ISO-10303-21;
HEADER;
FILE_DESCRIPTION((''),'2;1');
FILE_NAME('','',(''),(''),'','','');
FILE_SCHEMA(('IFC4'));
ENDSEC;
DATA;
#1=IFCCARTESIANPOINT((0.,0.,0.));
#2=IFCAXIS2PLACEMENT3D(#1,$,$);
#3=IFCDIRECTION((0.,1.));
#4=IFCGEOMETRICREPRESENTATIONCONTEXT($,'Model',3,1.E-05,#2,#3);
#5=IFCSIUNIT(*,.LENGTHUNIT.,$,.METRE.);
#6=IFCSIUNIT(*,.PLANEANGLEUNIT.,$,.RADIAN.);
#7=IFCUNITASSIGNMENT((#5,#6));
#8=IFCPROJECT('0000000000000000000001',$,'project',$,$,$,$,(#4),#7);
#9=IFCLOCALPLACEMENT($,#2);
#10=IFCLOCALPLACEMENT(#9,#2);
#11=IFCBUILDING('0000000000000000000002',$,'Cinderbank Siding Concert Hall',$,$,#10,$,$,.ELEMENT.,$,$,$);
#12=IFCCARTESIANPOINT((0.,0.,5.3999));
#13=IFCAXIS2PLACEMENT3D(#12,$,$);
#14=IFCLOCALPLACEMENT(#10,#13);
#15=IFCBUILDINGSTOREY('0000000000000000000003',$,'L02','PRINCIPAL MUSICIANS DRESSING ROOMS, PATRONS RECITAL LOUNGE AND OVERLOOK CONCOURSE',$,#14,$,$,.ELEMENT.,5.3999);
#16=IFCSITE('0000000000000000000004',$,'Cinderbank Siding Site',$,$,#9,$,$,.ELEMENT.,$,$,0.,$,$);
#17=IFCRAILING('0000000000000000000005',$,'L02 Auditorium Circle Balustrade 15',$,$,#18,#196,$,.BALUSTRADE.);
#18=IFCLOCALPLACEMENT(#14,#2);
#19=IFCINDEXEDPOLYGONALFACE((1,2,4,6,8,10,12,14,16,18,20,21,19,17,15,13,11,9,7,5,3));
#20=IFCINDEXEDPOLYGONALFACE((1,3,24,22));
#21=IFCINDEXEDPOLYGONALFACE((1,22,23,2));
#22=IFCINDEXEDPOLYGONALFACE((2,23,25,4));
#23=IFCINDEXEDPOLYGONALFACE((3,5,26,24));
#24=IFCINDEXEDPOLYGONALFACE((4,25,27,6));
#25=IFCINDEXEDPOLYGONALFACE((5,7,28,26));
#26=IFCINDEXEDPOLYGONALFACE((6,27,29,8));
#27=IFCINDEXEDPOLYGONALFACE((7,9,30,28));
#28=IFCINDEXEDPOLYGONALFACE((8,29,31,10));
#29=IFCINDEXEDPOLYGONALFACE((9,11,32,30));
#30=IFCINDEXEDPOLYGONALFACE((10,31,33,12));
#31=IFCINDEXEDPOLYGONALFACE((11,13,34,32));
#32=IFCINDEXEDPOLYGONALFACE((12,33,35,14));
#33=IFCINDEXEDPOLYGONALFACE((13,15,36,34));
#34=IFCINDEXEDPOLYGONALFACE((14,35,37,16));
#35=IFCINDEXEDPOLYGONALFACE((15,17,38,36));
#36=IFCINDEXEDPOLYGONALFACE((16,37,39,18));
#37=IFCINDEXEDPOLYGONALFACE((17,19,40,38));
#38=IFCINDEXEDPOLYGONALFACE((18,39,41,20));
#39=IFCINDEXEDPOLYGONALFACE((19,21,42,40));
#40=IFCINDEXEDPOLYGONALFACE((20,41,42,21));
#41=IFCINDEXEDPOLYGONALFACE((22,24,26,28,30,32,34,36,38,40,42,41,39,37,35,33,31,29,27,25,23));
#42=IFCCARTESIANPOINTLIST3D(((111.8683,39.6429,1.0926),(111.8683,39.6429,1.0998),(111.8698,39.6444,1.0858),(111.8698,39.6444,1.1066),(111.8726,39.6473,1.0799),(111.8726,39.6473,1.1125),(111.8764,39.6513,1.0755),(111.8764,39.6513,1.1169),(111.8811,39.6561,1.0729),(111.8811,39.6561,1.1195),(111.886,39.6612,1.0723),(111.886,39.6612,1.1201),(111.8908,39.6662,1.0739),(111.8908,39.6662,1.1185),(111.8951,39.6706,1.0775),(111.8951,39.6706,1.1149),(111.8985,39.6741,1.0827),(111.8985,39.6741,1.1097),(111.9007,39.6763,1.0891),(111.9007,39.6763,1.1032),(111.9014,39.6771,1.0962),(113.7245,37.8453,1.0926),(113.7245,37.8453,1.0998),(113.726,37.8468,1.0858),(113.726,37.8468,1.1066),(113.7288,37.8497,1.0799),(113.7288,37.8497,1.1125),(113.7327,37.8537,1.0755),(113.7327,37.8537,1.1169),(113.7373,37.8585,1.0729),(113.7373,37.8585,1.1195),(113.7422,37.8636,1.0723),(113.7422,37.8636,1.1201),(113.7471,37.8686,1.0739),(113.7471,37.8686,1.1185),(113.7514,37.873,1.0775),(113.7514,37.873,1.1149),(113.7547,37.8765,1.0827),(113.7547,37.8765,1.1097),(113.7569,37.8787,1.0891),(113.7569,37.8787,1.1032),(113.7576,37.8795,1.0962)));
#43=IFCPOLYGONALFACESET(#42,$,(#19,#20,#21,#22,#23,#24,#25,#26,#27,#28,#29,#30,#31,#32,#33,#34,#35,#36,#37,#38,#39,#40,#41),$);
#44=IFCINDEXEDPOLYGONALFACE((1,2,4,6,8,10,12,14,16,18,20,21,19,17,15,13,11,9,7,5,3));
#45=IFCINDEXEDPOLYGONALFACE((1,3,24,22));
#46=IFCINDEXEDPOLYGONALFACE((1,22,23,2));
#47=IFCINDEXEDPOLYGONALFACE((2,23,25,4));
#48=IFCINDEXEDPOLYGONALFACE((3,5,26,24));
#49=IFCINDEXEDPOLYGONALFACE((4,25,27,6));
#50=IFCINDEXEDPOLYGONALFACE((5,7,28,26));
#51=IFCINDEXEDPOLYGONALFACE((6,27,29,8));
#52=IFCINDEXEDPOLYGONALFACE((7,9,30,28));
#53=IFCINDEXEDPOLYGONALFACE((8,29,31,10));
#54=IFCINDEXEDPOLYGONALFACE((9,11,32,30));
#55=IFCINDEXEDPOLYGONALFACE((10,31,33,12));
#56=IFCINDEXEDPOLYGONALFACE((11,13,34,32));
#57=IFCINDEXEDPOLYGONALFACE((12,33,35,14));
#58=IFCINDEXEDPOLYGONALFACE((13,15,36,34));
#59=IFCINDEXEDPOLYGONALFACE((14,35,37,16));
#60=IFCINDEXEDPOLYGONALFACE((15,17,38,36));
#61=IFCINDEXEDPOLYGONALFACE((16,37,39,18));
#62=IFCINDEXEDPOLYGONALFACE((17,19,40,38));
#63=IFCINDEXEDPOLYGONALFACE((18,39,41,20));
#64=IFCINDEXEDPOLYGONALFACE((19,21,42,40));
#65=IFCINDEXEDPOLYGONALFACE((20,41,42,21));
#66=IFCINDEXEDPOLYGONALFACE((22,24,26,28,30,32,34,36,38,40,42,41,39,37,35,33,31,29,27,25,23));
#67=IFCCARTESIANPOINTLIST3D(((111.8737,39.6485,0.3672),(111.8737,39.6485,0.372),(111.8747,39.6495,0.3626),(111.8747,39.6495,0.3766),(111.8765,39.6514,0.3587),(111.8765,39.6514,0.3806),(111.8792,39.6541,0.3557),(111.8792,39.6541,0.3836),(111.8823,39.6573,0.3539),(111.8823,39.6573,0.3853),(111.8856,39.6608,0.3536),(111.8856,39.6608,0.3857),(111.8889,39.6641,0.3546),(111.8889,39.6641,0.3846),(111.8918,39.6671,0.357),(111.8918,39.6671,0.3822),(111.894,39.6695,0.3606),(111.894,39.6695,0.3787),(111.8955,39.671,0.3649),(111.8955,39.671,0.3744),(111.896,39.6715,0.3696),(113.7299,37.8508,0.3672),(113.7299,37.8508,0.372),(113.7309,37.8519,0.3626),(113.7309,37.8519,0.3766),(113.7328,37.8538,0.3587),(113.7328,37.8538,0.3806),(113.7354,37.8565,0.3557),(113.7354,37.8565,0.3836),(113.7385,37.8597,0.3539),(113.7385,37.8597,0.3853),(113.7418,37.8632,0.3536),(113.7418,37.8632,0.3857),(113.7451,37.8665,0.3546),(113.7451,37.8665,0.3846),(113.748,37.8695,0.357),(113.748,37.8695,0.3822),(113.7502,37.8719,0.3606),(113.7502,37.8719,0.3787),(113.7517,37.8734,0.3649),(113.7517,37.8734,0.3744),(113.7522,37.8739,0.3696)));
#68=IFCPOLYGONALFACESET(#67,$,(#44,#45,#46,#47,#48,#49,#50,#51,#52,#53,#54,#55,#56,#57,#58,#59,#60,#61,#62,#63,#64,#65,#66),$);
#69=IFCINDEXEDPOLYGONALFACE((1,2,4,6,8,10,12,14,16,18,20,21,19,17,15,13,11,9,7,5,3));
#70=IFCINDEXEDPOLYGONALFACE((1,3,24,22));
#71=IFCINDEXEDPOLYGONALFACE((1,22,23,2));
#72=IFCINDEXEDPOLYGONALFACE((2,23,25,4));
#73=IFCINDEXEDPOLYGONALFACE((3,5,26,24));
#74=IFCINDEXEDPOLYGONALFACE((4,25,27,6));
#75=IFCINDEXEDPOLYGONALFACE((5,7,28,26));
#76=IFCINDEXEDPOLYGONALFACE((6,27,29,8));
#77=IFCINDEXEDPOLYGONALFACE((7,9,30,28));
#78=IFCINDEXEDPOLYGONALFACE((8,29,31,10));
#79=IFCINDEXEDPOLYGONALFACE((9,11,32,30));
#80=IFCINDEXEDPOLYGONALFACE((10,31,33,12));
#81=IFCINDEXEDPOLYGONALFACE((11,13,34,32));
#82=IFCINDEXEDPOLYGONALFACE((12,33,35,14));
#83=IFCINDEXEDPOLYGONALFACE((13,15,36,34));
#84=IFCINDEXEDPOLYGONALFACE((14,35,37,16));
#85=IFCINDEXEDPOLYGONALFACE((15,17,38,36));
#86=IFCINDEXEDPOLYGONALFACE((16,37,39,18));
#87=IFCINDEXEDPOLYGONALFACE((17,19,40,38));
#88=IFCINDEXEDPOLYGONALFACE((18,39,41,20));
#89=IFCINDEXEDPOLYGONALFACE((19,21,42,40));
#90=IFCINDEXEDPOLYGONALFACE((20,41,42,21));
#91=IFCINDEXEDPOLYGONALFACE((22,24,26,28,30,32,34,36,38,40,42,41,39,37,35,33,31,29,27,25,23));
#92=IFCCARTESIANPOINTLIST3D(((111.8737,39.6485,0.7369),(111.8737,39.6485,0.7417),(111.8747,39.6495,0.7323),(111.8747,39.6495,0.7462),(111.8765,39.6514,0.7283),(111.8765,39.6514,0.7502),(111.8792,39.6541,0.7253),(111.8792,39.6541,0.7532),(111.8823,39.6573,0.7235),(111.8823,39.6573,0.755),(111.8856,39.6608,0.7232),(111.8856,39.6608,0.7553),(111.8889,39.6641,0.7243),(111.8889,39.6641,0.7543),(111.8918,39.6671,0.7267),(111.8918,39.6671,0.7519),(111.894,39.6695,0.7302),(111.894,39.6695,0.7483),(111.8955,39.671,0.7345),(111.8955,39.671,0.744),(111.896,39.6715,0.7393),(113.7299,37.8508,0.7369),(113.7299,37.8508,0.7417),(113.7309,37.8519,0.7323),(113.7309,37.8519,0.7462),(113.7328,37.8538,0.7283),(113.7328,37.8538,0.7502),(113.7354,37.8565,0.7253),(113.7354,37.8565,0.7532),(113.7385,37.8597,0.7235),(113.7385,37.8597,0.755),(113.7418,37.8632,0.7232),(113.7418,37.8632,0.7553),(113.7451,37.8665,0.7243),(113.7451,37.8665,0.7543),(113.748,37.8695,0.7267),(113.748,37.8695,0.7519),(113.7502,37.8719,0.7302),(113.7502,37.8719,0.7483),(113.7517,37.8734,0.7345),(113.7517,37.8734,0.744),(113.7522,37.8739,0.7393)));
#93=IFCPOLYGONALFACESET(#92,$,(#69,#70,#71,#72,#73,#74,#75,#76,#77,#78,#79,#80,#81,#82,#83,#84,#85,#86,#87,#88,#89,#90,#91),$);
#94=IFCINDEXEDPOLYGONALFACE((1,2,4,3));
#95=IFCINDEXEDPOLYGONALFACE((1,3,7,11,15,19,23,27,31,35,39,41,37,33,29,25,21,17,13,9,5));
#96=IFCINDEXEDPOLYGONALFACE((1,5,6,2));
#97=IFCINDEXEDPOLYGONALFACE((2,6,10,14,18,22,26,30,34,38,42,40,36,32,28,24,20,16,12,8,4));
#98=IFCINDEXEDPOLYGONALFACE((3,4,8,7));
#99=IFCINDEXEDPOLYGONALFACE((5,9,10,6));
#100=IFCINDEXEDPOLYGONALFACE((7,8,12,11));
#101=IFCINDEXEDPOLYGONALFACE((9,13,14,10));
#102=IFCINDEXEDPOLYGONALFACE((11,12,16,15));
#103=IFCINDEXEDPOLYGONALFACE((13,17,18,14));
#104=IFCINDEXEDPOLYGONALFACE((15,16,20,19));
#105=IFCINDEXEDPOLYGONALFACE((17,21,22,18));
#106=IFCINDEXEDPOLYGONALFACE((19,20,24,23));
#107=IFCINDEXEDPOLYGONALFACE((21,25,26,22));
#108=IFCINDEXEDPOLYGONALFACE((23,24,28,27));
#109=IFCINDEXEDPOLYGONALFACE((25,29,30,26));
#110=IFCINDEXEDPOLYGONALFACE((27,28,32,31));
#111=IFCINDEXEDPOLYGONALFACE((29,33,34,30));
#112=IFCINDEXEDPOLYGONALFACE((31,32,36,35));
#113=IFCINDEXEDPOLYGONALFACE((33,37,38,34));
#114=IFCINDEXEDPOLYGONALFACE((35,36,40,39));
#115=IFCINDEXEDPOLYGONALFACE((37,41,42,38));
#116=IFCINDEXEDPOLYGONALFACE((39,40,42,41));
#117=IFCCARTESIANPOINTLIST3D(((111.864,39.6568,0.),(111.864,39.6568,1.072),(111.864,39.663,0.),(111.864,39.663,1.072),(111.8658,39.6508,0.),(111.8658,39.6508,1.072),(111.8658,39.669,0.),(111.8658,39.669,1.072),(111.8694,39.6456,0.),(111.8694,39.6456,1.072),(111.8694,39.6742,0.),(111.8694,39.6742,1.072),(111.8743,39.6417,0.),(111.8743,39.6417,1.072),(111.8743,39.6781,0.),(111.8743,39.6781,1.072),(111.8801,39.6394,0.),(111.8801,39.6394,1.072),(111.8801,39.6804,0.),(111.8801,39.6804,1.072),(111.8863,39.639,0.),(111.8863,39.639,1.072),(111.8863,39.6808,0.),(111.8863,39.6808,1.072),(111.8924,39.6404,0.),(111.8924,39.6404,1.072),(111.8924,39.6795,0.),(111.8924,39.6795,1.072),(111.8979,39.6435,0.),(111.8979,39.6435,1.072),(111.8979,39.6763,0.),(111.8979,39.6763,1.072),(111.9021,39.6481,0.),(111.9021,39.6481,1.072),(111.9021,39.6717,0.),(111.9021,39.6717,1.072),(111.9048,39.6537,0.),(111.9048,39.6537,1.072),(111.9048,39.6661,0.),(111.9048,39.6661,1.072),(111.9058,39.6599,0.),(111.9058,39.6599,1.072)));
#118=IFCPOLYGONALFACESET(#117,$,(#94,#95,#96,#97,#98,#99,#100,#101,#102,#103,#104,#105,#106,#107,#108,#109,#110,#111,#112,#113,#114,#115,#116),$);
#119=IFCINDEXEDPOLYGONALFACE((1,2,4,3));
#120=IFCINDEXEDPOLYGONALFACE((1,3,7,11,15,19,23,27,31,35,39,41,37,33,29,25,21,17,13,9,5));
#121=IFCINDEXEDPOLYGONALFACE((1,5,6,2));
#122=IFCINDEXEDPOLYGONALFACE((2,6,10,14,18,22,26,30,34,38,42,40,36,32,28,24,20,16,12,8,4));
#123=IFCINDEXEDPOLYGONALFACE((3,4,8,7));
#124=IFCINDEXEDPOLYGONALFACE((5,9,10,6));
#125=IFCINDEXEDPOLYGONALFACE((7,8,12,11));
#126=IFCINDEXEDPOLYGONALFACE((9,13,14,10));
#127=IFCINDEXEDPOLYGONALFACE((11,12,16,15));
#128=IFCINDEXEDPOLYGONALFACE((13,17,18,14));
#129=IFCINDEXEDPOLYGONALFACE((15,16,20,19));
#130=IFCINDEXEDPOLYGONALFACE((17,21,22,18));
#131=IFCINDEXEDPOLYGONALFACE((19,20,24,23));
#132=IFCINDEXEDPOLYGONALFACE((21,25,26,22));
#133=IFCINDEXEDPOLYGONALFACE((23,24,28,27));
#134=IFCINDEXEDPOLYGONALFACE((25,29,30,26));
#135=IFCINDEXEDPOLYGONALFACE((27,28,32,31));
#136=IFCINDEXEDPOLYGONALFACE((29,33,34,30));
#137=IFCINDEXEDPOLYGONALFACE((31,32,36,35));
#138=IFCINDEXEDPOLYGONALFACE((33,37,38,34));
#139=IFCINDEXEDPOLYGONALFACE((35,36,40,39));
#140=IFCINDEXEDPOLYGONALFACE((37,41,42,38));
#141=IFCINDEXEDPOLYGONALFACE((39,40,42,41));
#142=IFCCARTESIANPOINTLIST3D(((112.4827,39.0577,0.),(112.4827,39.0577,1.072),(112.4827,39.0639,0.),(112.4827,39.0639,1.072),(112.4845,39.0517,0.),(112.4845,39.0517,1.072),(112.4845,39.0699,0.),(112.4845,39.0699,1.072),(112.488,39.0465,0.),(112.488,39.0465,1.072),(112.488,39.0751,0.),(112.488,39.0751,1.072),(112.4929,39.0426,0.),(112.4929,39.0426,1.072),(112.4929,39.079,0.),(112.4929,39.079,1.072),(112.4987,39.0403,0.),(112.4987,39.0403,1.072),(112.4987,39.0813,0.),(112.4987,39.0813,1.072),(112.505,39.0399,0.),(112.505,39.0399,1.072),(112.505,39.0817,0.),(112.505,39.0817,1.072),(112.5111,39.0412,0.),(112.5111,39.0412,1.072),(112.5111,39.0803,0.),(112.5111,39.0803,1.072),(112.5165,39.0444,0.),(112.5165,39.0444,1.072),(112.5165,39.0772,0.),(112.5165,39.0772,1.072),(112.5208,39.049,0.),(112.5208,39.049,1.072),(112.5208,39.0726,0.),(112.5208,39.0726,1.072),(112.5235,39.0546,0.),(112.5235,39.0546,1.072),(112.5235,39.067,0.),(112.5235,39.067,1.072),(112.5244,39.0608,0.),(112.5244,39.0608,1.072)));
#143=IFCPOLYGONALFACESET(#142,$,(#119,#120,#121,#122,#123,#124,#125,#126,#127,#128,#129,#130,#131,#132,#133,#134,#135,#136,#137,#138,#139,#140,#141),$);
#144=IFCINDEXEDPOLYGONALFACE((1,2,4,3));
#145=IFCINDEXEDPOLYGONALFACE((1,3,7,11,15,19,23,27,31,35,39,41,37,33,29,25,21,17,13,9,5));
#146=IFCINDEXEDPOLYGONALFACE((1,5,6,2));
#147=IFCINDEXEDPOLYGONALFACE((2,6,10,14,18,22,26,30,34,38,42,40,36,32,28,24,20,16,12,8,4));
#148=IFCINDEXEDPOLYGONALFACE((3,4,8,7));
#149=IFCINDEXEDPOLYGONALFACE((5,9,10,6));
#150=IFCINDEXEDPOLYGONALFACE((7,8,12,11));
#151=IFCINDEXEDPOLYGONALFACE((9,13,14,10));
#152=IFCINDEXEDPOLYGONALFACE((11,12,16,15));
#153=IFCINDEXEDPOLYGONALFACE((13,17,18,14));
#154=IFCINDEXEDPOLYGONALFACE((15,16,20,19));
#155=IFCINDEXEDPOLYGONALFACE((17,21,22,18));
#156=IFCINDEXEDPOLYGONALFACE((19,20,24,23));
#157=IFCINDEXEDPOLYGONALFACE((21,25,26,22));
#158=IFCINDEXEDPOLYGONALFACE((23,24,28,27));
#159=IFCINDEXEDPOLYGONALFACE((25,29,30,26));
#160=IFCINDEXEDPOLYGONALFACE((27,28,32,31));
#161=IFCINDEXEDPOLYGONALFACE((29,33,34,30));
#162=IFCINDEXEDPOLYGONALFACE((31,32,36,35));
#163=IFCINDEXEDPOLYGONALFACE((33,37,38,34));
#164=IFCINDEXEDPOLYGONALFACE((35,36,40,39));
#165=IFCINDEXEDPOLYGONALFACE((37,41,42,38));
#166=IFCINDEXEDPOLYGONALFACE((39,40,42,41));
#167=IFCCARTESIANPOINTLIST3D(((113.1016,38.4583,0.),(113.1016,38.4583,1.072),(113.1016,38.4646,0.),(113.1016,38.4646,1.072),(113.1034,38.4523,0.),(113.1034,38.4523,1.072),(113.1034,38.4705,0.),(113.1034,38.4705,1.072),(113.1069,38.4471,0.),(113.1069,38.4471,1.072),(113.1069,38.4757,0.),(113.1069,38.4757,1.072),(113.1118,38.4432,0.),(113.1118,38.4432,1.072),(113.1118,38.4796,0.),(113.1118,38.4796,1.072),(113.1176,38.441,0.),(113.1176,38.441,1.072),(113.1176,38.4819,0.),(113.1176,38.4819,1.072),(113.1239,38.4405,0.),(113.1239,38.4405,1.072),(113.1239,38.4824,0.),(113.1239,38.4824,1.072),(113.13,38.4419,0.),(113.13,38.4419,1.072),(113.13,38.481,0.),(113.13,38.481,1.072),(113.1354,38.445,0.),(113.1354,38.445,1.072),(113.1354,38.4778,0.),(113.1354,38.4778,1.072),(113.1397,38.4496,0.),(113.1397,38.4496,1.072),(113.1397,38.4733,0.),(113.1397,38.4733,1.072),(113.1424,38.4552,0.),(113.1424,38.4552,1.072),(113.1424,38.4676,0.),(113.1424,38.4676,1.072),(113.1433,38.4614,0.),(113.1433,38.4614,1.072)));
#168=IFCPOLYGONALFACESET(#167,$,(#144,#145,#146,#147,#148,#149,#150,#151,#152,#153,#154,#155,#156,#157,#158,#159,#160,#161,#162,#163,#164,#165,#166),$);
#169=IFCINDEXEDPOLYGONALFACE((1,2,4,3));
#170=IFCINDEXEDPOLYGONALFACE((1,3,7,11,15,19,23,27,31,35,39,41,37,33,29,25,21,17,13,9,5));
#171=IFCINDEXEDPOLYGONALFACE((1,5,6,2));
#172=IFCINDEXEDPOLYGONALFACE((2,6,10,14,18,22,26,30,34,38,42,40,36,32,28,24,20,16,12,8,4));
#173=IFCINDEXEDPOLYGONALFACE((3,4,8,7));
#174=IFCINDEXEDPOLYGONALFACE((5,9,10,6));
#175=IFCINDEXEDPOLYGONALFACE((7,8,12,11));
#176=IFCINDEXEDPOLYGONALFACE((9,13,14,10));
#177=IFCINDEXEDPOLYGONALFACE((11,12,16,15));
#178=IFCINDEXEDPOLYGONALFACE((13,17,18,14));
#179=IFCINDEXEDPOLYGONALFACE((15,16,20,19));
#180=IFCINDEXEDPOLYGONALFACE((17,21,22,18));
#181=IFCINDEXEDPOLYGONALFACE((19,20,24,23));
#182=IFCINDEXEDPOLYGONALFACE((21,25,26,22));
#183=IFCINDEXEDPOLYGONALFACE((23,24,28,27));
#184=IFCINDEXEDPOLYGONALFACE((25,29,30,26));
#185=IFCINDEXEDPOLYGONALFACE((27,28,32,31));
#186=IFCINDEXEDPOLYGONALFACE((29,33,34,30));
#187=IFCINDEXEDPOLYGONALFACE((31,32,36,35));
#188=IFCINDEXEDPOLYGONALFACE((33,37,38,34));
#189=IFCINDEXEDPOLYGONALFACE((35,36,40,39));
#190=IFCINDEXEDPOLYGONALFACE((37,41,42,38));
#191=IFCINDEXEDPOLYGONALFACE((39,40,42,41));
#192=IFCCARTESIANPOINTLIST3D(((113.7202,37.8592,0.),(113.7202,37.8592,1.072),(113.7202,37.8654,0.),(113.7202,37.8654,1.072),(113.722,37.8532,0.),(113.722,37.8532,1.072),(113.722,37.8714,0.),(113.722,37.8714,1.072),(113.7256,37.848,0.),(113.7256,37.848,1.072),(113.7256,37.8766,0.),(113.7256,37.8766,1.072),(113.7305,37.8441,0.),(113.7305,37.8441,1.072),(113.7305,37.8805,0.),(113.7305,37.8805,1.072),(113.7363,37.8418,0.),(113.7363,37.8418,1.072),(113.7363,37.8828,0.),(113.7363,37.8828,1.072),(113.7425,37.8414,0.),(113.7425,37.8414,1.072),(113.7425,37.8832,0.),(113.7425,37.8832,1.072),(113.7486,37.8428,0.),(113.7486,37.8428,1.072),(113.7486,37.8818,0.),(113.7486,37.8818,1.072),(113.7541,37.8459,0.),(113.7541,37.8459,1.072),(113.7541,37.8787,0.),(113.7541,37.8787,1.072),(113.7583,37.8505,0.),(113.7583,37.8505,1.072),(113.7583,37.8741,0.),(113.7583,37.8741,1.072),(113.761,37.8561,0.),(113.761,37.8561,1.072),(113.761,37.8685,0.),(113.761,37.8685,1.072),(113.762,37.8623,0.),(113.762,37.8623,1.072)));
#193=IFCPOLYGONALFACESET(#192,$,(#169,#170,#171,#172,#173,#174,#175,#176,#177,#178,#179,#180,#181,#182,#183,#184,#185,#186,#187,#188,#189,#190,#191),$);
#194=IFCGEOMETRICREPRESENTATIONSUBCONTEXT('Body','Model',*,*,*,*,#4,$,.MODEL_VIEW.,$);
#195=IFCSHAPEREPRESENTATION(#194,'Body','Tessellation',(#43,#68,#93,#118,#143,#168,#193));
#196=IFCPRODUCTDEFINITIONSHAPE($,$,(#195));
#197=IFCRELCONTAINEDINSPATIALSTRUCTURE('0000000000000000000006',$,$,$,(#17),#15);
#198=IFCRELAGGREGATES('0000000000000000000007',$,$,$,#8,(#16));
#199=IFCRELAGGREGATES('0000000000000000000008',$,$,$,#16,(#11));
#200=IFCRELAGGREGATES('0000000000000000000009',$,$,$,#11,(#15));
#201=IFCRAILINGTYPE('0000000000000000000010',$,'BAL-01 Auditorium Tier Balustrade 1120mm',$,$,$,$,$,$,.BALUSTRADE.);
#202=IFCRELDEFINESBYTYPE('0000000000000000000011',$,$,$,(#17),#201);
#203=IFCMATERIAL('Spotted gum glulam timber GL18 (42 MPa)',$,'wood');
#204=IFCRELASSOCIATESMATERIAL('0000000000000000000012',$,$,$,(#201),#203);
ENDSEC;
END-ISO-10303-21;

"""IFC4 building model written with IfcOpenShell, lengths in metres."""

from ifc_helpers import new_model, si_unit, direction, frame, origin, origin_2d, place, context, subcontext, project, spatial, circle, extrude, material, type_object, element, save


model = new_model("IFC4")

# Units and contexts
model_context = context("Model", 3, precision=1e-05, world=origin(), true_north=direction((0.0, 1.0)))
body_context = subcontext(model_context, "Body", "Model", "MODEL_VIEW")
ifc_project = project(units=[si_unit("LENGTHUNIT", "METRE"), si_unit("PLANEANGLEUNIT", "RADIAN")], contexts=[model_context])

# Site, building, storey
site_placement = place(None, origin())
site = spatial("IfcSite", under=ifc_project, at=site_placement, Name="Cinderbank Siding Site", CompositionType="ELEMENT", RefElevation=0.0)
building_placement = place(site_placement, origin())
building = spatial("IfcBuilding", under=site, at=building_placement, Name="Cinderbank Siding Concert Hall", CompositionType="ELEMENT")
storey_placement = place(building_placement, frame((0.0, 0.0, 5.3999)))
storey = spatial("IfcBuildingStorey", under=building, at=storey_placement, Name="L02", Description="PRINCIPAL MUSICIANS DRESSING ROOMS, PATRONS RECITAL LOUNGE AND OVERLOOK CONCOURSE", CompositionType="ELEMENT", Elevation=5.3999)

# Railing
ifc_material_1 = material(Name="Spotted gum glulam timber GL18 (42 MPa)", Category="wood")
railing_type = type_object("IfcRailingType", Name="BAL-01 Auditorium Tier Balustrade 1120mm", PredefinedType="BALUSTRADE", material=ifc_material_1)
railing_1_placement = place(storey_placement, frame((111.8848, 39.6599, 0.0)))
element("IfcRailing", 1, at=railing_1_placement, inside=storey, type_object=railing_type, Name="L02 Auditorium Circle Balustrade 15", PredefinedType="BALUSTRADE", context=body_context, shape_type="SweptSolid", body=[
    extrude(circle(Radius=0.0239, at=origin_2d()), frame((0.0, 0.0, 1.0962), z_axis=(0.718354, -0.695678, 0.0), x_axis=(0.695678, 0.718354, 0.0)), (0.0, 0.0, 1.0), 2.584),
    extrude(circle(Radius=0.0161, at=origin_2d()), frame((0.0, 0.0, 0.3696), z_axis=(0.718354, -0.695678, 0.0), x_axis=(0.695678, 0.718354, 0.0)), (0.0, 0.0, 1.0), 2.584),
    extrude(circle(Radius=0.0161, at=origin_2d()), frame((0.0, 0.0, 0.7393), z_axis=(0.718354, -0.695678, 0.0), x_axis=(0.695678, 0.718354, 0.0)), (0.0, 0.0, 1.0), 2.584),
    extrude(circle(Radius=0.021, at=origin_2d()), origin(), (0.0, 0.0, 1.0), 1.072),
    extrude(circle(Radius=0.021, at=origin_2d()), frame((0.6187, -0.5991, 0.0)), (0.0, 0.0, 1.0), 1.072),
    extrude(circle(Radius=0.021, at=origin_2d()), frame((1.2375, -1.1985, 0.0)), (0.0, 0.0, 1.0), 1.072),
    extrude(circle(Radius=0.021, at=origin_2d()), frame((1.8562, -1.7976, 0.0)), (0.0, 0.0, 1.0), 1.072),
])

save(model, "model.ifc")
